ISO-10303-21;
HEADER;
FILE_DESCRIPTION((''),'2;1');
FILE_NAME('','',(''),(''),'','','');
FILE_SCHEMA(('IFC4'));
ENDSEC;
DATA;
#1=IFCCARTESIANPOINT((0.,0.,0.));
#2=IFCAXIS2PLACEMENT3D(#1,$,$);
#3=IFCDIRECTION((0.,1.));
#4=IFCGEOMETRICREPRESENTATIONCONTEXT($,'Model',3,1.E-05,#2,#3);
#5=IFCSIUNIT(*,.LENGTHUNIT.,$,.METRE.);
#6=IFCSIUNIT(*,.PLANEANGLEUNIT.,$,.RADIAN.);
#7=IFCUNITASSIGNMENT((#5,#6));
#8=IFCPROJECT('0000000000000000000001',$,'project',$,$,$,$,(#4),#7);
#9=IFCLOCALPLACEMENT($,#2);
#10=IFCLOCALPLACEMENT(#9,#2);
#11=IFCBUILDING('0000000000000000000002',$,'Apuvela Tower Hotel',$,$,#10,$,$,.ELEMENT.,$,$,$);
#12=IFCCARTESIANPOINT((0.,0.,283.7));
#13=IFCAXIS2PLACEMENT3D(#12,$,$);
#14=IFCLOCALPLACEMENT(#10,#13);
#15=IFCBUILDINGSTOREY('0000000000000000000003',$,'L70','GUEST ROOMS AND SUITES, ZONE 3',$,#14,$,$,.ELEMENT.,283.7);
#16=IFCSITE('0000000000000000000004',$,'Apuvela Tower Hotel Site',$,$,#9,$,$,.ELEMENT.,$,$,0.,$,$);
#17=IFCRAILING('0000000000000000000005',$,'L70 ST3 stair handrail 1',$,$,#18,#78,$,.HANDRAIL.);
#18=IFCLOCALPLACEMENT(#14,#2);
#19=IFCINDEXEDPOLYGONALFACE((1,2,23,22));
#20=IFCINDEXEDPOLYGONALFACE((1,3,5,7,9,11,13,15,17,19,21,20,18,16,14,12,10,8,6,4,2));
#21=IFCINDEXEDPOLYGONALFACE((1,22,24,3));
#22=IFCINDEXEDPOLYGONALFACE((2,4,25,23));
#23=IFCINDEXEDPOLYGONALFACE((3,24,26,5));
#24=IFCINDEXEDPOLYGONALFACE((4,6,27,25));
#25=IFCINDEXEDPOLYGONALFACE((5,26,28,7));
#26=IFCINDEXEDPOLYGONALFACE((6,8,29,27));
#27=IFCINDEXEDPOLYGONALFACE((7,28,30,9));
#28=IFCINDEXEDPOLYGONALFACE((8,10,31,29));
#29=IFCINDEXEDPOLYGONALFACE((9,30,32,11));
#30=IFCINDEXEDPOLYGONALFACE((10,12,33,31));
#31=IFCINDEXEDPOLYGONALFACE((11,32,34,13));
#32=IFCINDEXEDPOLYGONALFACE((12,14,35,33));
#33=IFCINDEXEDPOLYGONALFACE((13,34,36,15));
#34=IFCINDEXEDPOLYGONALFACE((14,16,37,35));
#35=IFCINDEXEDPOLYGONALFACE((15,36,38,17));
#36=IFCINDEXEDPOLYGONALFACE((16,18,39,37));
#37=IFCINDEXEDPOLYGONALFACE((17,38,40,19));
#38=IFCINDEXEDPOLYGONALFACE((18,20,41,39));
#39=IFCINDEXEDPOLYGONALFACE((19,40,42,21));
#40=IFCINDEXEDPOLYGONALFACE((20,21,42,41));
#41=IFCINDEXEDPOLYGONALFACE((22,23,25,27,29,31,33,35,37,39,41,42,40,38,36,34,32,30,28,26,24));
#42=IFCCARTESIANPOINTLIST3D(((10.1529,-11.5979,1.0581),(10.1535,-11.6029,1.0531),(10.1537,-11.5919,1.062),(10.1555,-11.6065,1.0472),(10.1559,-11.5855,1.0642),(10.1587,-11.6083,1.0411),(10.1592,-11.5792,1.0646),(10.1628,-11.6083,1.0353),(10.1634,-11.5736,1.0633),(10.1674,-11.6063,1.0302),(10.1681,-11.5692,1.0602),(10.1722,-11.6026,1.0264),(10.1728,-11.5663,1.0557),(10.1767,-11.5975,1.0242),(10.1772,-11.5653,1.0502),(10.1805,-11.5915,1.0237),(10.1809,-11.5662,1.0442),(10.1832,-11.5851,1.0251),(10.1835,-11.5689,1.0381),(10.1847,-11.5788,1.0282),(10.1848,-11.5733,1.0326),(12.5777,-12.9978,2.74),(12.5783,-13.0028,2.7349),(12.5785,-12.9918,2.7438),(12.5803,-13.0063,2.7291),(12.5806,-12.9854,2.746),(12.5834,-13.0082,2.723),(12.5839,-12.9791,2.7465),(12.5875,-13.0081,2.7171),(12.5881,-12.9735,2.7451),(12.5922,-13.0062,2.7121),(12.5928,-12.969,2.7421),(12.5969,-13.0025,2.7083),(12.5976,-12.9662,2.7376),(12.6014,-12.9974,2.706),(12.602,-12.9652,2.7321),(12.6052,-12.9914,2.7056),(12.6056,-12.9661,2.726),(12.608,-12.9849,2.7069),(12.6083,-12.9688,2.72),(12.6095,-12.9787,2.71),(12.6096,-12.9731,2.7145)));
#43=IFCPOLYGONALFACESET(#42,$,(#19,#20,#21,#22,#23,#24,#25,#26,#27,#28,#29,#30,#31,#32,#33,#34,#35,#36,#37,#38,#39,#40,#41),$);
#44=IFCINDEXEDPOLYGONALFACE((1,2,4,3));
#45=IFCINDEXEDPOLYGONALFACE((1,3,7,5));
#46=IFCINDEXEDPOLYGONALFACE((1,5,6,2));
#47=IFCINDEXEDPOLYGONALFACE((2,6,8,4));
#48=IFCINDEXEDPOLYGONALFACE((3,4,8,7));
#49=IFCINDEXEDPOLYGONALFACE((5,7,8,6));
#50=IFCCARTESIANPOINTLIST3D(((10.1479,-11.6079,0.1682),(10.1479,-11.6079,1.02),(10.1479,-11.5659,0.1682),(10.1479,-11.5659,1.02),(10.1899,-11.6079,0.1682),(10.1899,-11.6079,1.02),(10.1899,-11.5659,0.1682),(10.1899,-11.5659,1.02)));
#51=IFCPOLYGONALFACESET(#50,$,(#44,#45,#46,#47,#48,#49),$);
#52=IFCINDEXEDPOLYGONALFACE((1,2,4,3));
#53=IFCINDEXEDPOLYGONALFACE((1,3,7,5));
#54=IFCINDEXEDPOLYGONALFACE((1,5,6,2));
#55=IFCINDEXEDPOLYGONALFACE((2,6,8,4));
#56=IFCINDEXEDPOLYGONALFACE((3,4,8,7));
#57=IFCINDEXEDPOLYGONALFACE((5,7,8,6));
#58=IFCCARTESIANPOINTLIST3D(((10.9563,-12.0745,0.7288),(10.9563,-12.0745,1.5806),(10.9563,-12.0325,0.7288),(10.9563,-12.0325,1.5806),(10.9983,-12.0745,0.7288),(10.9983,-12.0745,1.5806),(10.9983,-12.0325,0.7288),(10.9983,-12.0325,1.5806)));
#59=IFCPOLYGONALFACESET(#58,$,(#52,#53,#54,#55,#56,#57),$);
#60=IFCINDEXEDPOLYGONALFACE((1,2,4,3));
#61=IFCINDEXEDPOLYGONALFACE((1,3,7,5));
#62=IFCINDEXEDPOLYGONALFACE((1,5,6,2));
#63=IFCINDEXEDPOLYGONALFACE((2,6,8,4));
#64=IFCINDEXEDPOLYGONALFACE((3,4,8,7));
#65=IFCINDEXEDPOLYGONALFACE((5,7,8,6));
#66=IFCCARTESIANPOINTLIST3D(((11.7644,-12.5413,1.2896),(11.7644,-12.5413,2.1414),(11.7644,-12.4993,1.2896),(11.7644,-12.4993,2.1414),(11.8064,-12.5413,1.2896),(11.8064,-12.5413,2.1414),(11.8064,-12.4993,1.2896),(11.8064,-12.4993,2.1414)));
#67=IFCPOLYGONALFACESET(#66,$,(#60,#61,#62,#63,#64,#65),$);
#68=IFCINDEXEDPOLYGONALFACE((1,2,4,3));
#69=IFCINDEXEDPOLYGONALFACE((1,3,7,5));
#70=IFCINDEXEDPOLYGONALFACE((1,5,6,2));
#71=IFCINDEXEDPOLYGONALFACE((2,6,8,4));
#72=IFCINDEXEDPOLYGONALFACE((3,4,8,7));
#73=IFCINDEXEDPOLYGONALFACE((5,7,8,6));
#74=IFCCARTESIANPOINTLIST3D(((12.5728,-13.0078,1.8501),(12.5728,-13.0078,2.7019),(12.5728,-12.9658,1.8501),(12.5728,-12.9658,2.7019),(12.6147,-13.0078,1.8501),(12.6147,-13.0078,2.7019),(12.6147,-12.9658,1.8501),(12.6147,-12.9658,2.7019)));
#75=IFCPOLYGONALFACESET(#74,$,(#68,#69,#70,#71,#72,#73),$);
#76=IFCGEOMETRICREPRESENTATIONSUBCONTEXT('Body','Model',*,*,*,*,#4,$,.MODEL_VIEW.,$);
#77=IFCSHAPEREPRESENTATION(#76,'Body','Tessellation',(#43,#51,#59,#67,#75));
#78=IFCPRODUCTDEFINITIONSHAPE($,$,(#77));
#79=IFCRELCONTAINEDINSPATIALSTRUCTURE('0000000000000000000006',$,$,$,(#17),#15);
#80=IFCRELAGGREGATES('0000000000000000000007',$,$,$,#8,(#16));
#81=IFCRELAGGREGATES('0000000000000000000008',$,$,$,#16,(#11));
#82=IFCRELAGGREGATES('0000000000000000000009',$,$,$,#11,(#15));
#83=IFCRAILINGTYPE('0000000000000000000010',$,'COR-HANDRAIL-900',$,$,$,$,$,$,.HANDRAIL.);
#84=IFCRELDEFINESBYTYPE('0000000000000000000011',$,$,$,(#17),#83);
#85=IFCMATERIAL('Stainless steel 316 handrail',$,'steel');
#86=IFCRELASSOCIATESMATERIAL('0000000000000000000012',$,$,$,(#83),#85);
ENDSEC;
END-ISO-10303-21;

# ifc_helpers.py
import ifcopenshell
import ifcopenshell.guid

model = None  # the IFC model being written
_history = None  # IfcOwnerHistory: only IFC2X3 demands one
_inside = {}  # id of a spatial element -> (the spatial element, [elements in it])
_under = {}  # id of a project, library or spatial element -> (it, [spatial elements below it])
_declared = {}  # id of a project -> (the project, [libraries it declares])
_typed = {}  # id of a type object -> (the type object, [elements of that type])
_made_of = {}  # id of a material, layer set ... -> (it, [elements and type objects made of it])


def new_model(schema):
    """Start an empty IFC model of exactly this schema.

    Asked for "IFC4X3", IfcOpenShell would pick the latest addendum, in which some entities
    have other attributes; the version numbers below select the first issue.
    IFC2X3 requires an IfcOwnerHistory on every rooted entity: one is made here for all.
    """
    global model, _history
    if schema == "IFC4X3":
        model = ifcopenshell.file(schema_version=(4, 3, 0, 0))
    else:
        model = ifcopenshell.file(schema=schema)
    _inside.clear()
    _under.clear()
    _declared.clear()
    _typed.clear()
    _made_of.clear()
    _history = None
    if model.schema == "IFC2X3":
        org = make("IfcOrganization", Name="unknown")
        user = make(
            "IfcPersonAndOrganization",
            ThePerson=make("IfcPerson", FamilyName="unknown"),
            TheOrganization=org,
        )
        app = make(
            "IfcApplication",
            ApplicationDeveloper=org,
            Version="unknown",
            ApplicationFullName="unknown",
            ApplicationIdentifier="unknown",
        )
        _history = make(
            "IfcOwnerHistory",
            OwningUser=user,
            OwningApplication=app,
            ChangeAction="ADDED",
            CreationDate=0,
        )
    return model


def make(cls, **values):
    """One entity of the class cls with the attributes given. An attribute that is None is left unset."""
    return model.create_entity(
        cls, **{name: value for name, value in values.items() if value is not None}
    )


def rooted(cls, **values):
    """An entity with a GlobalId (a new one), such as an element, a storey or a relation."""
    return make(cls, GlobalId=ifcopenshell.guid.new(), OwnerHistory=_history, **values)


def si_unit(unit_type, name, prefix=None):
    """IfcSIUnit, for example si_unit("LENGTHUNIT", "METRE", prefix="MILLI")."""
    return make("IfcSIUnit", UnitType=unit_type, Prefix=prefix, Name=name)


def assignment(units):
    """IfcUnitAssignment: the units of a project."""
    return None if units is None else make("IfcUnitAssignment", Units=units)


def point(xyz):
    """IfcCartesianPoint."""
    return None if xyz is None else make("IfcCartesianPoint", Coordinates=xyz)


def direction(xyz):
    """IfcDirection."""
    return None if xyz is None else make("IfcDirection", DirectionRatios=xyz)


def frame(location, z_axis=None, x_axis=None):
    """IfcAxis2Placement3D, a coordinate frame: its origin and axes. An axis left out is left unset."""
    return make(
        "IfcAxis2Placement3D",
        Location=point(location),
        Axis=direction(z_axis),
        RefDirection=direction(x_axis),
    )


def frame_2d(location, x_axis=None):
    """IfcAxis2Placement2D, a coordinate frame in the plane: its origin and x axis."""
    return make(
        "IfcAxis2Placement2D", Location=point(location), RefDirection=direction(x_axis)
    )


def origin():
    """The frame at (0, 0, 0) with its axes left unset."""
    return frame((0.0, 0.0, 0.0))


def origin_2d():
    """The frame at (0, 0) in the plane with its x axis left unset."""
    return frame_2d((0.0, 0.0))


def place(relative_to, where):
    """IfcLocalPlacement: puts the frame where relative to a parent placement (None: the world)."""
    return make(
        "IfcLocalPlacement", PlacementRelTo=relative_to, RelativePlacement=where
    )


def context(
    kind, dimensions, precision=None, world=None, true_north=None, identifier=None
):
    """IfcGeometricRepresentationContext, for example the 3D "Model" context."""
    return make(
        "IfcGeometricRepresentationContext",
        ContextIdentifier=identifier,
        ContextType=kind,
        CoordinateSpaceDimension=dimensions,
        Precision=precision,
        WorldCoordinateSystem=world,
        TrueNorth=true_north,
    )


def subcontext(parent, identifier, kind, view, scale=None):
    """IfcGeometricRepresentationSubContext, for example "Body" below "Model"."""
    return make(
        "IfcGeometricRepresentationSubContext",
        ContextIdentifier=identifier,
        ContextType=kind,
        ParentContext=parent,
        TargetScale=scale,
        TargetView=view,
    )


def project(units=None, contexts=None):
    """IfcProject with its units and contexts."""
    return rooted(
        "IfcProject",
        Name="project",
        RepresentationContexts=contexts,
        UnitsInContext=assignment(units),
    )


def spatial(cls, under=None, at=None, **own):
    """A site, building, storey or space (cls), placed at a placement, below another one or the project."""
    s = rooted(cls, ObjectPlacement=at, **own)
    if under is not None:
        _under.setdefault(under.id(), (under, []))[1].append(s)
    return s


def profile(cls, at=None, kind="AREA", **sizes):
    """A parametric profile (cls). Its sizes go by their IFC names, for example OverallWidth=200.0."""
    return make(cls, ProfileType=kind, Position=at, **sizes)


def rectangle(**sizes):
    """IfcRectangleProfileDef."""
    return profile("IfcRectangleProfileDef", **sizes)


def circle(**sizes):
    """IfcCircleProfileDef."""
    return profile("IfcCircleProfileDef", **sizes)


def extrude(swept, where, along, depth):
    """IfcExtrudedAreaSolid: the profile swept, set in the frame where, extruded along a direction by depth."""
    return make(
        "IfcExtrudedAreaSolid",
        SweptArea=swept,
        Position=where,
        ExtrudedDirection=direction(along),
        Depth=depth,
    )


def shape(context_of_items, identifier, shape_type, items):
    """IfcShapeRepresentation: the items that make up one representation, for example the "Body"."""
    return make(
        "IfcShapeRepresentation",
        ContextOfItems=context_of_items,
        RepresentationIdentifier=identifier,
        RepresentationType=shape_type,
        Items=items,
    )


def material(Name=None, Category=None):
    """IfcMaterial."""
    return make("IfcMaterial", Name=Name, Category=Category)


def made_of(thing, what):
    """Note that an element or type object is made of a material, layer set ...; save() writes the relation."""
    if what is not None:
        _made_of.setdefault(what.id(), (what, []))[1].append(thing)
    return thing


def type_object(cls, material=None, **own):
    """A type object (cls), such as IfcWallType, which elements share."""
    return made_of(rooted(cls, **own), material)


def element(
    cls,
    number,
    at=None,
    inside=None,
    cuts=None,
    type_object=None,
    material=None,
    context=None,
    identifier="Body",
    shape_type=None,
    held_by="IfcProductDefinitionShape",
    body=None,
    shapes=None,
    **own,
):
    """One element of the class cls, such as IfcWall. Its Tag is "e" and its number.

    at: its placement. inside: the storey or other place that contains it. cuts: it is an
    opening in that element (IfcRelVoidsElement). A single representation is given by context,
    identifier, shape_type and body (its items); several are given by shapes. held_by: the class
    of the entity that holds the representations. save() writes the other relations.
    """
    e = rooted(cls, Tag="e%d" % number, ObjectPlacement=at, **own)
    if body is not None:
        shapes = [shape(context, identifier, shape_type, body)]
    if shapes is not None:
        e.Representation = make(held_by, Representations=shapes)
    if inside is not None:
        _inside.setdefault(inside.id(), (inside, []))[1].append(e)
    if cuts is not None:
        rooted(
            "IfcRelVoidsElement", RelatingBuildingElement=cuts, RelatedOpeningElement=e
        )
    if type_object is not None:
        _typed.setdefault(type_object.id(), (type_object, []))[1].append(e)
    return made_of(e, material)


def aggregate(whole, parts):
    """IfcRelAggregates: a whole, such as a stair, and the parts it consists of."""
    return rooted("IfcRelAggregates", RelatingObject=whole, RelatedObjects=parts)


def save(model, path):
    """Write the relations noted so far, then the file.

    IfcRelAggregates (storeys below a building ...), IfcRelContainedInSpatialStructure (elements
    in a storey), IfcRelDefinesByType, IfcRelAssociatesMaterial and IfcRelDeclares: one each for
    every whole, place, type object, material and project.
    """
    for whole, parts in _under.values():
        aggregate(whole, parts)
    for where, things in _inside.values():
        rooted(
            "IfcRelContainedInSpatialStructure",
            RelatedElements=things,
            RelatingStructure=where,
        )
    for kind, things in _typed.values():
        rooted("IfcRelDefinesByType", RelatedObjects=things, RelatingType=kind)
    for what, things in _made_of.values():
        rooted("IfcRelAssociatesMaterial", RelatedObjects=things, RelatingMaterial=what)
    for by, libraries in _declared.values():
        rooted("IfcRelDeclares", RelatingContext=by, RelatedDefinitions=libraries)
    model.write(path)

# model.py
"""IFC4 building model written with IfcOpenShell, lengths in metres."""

from ifc_helpers import new_model, si_unit, direction, frame, origin, origin_2d, place, context, subcontext, project, spatial, rectangle, circle, extrude, material, type_object, element, save


model = new_model("IFC4")

# Units and contexts
model_context = context("Model", 3, precision=1e-05, world=origin(), true_north=direction((0.0, 1.0)))
body_context = subcontext(model_context, "Body", "Model", "MODEL_VIEW")
ifc_project = project(units=[si_unit("LENGTHUNIT", "METRE"), si_unit("PLANEANGLEUNIT", "RADIAN")], contexts=[model_context])

# Site, building, storey
site_placement = place(None, origin())
site = spatial("IfcSite", under=ifc_project, at=site_placement, Name="Apuvela Tower Hotel Site", CompositionType="ELEMENT", RefElevation=0.0)
building_placement = place(site_placement, origin())
building = spatial("IfcBuilding", under=site, at=building_placement, Name="Apuvela Tower Hotel", CompositionType="ELEMENT")
storey_placement = place(building_placement, frame((0.0, 0.0, 283.7)))
storey = spatial("IfcBuildingStorey", under=building, at=storey_placement, Name="L70", Description="GUEST ROOMS AND SUITES, ZONE 3", CompositionType="ELEMENT", Elevation=283.7)

# Railing
ifc_material_1 = material(Name="Stainless steel 316 handrail", Category="steel")
railing_type_1 = type_object("IfcRailingType", Name="COR-HANDRAIL-900", PredefinedType="HANDRAIL", material=ifc_material_1)
railing_1_placement = place(storey_placement, frame((10.1689, -11.5869, 0.1682)))
element("IfcRailing", 1, at=railing_1_placement, inside=storey, type_object=railing_type_1, Name="L70 ST3 stair handrail 1", PredefinedType="HANDRAIL", context=body_context, shape_type="SweptSolid", body=[
    extrude(circle(Radius=0.0239, at=origin_2d()), frame((0.0, 0.0, 0.876), z_axis=(0.74239, -0.428601, 0.514934), x_axis=(0.499984, 0.866035, 0.0)), (0.0, 0.0, 1.0), 3.2661),
    extrude(rectangle(XDim=0.042, YDim=0.042, at=origin_2d()), origin(), (0.0, 0.0, 1.0), 0.8518),
    extrude(rectangle(XDim=0.042, YDim=0.042, at=origin_2d()), frame((0.8083, -0.4666, 0.5605)), (0.0, 0.0, 1.0), 0.8518),
    extrude(rectangle(XDim=0.042, YDim=0.042, at=origin_2d()), frame((1.6165, -0.9333, 1.1213)), (0.0, 0.0, 1.0), 0.8518),
    extrude(rectangle(XDim=0.042, YDim=0.042, at=origin_2d()), frame((2.4248, -1.3999, 1.6819)), (0.0, 0.0, 1.0), 0.8518),
])

save(model, "model.ifc")
